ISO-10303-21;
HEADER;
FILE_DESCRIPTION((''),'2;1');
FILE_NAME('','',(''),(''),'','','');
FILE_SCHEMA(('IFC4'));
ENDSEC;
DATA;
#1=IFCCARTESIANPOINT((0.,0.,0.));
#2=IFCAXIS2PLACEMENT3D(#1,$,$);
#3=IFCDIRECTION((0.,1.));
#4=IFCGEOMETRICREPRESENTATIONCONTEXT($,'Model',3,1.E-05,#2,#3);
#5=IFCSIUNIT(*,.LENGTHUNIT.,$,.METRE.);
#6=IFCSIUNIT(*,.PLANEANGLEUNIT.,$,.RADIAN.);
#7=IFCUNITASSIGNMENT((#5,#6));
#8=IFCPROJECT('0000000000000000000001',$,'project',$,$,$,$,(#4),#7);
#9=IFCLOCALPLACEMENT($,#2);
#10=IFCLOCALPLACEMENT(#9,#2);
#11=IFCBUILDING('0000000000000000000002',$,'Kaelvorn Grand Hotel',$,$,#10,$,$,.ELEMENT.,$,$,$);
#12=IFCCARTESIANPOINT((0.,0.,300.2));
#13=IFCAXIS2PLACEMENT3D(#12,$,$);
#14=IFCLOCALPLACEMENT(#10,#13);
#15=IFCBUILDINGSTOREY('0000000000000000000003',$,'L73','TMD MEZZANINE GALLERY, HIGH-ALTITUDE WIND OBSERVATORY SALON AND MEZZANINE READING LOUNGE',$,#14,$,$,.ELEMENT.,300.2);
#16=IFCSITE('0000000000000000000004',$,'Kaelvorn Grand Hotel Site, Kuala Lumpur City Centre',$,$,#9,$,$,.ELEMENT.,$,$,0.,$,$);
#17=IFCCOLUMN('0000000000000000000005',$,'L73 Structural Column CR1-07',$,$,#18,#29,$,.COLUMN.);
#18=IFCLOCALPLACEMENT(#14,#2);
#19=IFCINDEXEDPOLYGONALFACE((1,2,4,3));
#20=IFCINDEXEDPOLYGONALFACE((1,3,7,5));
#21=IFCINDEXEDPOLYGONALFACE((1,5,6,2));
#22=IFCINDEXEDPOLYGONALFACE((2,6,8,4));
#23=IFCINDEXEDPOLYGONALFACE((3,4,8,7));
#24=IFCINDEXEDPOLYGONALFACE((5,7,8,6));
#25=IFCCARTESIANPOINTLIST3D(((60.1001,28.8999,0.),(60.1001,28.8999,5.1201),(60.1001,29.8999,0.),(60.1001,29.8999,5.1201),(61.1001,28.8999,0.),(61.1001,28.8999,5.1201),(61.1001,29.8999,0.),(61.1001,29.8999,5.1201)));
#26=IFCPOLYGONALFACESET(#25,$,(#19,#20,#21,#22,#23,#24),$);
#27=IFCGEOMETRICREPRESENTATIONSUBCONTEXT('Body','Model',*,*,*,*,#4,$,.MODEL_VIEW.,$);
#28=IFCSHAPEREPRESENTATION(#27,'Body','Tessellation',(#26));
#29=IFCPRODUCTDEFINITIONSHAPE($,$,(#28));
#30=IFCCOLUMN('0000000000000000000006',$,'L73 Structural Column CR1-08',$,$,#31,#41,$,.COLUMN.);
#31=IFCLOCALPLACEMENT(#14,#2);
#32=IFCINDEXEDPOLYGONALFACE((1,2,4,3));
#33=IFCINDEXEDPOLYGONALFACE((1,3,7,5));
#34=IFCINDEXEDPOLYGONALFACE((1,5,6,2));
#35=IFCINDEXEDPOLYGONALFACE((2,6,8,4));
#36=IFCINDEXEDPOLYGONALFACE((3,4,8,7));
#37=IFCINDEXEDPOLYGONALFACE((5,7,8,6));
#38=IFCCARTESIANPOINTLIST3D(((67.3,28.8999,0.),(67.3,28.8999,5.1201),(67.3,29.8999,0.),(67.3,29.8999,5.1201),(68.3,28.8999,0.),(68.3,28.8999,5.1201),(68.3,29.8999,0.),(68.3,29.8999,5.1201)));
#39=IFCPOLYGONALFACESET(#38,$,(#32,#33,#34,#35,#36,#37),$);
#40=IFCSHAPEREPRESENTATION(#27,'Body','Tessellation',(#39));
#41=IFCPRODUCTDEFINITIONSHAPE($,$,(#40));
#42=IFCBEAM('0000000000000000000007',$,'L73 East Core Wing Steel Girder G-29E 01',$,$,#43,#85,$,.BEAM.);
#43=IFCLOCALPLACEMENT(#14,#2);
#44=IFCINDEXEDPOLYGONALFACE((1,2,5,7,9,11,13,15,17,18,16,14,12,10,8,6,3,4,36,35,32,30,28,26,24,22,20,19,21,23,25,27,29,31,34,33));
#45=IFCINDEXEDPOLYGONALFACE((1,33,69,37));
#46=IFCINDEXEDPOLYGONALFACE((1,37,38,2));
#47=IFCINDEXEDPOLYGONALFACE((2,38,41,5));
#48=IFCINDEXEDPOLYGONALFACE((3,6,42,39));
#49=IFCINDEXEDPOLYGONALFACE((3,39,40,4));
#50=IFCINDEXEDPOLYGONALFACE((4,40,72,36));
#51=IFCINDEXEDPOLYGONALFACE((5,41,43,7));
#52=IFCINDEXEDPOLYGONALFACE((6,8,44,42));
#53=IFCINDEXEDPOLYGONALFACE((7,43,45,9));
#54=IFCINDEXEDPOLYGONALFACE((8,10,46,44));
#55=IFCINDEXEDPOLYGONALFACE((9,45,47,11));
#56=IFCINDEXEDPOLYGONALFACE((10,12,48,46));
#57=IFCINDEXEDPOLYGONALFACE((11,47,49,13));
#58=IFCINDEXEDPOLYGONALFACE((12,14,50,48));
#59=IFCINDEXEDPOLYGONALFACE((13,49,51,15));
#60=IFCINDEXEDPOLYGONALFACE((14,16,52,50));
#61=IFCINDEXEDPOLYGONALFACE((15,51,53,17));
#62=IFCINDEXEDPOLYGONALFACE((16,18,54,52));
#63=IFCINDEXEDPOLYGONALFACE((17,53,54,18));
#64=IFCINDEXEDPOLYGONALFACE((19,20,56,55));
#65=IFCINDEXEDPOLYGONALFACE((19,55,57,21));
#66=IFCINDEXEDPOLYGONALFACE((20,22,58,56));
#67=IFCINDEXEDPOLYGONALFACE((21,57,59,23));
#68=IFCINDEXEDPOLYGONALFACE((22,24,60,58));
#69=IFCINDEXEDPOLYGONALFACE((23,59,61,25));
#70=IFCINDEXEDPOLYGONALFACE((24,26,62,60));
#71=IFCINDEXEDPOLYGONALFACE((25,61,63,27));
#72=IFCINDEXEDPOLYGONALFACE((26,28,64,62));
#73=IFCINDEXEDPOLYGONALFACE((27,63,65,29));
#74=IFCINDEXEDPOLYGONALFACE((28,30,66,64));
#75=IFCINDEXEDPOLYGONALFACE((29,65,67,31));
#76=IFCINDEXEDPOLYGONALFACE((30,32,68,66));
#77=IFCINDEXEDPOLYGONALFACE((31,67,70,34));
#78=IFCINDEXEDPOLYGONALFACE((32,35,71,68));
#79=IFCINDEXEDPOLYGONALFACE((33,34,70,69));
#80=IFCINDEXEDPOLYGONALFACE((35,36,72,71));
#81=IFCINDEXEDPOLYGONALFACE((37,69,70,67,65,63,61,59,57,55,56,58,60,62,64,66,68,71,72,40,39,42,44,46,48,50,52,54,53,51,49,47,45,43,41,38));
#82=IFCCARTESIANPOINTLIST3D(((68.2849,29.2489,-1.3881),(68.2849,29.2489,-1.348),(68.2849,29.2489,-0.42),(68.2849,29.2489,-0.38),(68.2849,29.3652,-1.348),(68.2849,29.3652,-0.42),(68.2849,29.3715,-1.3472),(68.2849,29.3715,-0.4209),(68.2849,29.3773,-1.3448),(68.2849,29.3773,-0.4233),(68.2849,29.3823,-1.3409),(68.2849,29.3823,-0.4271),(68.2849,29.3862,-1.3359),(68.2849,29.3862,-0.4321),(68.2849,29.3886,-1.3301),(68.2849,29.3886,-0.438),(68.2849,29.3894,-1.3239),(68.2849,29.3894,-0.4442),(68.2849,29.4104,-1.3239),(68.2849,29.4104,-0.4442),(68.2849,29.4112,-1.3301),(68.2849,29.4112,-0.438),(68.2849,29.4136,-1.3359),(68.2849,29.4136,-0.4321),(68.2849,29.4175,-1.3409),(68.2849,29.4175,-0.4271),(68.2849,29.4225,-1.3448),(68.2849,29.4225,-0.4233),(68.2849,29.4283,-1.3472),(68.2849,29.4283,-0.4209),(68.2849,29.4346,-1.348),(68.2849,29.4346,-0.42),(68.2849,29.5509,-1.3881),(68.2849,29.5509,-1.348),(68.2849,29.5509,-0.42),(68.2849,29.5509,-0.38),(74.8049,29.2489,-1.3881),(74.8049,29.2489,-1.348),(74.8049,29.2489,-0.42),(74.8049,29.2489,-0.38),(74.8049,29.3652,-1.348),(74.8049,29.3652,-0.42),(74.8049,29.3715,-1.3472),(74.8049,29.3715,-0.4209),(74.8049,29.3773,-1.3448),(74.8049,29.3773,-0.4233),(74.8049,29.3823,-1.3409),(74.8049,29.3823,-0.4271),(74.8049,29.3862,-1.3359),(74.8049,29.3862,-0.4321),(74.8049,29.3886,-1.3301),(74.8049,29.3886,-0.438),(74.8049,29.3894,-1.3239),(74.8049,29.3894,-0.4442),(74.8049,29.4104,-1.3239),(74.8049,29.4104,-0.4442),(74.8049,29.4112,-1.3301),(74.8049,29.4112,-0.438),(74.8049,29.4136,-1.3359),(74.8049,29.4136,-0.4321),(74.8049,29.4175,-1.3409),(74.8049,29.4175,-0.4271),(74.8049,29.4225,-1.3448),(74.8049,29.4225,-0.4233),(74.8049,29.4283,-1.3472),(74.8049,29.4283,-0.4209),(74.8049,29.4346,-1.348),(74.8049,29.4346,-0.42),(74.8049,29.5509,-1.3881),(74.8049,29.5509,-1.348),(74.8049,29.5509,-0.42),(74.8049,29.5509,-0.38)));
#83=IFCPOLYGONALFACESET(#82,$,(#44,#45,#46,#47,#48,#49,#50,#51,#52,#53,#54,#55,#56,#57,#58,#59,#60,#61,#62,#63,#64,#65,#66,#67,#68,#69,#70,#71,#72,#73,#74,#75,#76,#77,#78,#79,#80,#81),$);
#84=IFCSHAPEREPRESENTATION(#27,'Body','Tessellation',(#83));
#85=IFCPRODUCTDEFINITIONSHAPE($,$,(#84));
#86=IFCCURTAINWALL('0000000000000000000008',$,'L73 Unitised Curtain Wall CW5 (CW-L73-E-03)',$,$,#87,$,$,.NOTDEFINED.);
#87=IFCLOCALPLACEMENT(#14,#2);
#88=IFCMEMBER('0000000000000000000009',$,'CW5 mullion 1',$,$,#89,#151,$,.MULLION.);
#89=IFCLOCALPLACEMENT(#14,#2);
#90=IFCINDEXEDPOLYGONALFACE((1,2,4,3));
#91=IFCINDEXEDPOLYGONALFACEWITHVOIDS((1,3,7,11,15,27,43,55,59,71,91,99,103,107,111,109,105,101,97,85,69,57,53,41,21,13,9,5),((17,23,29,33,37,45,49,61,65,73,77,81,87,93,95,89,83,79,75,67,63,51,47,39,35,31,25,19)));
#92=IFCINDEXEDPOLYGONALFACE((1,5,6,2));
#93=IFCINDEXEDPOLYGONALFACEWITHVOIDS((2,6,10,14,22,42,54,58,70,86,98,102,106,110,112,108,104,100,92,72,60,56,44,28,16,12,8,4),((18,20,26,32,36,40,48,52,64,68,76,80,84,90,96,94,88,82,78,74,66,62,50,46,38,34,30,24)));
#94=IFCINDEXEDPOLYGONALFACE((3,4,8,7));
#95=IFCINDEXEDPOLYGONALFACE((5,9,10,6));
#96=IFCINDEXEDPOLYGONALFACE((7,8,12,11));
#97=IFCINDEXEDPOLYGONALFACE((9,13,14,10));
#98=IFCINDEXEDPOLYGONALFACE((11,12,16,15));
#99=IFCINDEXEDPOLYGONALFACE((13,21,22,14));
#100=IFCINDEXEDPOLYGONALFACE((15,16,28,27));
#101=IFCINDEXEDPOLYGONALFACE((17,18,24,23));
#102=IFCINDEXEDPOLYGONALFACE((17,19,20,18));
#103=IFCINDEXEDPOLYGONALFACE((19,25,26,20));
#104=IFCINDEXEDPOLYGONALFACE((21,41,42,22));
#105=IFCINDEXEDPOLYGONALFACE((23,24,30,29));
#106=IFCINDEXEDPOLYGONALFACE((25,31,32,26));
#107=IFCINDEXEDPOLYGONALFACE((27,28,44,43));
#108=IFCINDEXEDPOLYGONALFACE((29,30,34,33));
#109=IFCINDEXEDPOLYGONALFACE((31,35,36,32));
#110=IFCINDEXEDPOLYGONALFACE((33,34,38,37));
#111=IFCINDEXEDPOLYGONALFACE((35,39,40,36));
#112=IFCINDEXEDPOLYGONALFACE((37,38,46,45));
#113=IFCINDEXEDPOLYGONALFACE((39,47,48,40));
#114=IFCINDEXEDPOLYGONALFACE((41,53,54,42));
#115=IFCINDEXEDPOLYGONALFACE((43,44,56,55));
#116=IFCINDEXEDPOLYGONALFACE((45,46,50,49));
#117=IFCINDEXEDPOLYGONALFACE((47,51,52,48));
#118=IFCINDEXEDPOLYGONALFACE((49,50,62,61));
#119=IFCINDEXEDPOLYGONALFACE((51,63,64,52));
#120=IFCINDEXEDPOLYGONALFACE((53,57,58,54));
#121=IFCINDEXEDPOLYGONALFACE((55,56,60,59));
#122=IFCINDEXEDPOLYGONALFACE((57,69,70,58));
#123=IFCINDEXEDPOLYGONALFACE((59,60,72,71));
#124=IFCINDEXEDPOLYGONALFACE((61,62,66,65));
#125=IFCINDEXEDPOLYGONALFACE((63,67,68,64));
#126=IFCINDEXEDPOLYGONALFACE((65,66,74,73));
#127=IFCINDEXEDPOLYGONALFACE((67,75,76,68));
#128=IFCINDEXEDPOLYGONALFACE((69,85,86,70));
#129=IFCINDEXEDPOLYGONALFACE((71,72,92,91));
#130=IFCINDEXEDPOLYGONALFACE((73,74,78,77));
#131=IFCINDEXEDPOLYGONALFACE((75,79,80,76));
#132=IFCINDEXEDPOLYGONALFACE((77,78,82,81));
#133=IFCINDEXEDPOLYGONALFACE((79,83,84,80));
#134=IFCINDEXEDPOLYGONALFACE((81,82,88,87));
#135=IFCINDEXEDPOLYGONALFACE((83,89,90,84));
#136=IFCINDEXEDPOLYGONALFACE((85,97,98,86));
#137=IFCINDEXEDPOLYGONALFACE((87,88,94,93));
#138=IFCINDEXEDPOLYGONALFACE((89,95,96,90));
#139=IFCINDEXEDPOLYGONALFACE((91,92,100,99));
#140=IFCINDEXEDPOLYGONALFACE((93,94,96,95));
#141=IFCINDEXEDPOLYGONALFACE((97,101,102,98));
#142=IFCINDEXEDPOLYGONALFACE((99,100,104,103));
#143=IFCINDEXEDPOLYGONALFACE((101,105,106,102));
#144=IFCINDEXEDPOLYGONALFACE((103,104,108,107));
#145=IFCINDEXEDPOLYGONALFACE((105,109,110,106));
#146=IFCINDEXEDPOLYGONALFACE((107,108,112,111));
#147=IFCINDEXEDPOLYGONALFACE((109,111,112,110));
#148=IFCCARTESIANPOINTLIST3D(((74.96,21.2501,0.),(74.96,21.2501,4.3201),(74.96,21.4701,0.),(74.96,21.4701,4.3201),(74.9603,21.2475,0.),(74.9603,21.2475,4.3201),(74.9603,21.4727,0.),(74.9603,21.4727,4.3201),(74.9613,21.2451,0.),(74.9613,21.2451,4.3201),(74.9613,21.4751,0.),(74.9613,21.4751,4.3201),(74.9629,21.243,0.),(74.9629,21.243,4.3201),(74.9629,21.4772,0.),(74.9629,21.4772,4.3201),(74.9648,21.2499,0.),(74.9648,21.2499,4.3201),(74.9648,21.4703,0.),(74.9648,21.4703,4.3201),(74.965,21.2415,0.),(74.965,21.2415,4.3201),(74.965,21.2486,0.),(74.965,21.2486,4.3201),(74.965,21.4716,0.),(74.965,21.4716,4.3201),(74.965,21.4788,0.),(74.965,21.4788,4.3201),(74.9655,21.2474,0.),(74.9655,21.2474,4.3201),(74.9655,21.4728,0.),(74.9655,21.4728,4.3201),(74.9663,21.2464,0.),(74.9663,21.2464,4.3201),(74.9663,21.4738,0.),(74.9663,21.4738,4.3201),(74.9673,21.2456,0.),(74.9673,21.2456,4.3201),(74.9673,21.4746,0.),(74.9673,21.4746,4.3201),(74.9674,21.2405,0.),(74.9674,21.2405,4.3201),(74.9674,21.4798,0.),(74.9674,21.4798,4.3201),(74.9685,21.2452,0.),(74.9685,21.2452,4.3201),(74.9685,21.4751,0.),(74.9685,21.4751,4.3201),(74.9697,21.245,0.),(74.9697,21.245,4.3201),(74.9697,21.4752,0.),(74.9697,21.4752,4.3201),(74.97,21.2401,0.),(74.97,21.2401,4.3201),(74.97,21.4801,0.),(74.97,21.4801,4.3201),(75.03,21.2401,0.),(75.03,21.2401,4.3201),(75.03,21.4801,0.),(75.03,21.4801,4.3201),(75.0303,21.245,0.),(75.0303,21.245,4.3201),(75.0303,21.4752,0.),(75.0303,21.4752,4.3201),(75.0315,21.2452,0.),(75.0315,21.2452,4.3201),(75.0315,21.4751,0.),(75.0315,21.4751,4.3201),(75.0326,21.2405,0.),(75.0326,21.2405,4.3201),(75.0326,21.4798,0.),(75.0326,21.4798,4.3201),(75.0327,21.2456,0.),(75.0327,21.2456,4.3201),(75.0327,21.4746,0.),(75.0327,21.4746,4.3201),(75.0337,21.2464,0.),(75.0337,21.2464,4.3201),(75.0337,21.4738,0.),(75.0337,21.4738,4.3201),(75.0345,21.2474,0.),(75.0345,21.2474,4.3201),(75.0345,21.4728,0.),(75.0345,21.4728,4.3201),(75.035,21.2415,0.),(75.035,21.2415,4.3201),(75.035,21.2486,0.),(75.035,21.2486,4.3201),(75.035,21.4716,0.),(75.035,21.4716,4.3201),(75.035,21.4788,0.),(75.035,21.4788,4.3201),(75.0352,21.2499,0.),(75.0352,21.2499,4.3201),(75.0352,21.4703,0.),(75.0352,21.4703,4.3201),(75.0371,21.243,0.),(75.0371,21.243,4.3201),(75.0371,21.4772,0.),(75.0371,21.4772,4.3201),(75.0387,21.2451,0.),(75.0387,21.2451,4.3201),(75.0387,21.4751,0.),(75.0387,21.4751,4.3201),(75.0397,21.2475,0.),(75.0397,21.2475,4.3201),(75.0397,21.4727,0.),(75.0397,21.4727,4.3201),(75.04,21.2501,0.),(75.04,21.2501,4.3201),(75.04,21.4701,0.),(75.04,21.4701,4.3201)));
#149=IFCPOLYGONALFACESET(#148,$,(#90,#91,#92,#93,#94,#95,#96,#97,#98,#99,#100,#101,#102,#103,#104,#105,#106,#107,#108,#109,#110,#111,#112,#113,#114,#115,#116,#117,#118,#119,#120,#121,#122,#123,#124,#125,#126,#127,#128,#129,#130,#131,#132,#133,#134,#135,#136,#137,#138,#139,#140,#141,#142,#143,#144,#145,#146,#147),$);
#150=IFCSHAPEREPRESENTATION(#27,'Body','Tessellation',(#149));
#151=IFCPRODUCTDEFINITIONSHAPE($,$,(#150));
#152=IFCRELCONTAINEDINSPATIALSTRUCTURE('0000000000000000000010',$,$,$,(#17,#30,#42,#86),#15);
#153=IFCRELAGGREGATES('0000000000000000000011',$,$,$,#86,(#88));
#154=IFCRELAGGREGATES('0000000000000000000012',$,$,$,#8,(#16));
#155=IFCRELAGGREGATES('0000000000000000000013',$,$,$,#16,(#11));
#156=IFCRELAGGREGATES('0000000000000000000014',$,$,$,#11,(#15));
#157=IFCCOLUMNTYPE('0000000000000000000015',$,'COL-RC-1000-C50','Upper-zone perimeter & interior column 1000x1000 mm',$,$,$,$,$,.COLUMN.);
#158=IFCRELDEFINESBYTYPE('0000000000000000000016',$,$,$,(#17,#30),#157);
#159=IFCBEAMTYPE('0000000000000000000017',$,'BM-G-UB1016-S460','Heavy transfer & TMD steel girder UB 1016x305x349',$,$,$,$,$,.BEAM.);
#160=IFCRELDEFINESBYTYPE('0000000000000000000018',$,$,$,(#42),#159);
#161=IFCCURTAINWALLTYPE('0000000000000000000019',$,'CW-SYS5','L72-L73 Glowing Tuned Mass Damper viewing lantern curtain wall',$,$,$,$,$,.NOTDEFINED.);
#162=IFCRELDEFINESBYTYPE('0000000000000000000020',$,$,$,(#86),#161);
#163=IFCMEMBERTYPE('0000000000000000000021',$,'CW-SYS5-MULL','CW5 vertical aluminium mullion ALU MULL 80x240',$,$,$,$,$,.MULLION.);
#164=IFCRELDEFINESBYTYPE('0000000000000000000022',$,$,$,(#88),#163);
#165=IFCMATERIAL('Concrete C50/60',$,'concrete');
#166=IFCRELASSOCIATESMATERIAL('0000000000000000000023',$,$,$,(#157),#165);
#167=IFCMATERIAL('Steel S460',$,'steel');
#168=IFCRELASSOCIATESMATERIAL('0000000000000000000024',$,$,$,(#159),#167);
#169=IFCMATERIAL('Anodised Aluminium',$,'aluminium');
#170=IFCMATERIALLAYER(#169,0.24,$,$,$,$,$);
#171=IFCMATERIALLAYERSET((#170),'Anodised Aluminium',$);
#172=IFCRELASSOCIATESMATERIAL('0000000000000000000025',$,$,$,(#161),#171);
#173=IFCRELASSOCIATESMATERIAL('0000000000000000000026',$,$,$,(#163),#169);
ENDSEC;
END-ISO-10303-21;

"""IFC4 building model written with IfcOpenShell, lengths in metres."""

from ifc_helpers import new_model, si_unit, direction, frame, origin, origin_2d, place, context, subcontext, project, spatial, rectangle, hollow_rectangle, i_section, extrude, material, layer, layer_set, material_profile, profile_set, type_object, element, aggregate, save


model = new_model("IFC4")

# Units and contexts
model_context = context("Model", 3, precision=1e-05, world=origin(), true_north=direction((0.0, 1.0)))
body_context = subcontext(model_context, "Body", "Model", "MODEL_VIEW")
ifc_project = project(units=[si_unit("LENGTHUNIT", "METRE"), si_unit("PLANEANGLEUNIT", "RADIAN")], contexts=[model_context])

# Site, building, storey
site_placement = place(None, origin())
site = spatial("IfcSite", under=ifc_project, at=site_placement, Name="Kaelvorn Grand Hotel Site, Kuala Lumpur City Centre", CompositionType="ELEMENT", RefElevation=0.0)
building_placement = place(site_placement, origin())
building = spatial("IfcBuilding", under=site, at=building_placement, Name="Kaelvorn Grand Hotel", CompositionType="ELEMENT")
storey_placement = place(building_placement, frame((0.0, 0.0, 300.2)))
storey = spatial("IfcBuildingStorey", under=building, at=storey_placement, Name="L73", Description="TMD MEZZANINE GALLERY, HIGH-ALTITUDE WIND OBSERVATORY SALON AND MEZZANINE READING LOUNGE", CompositionType="ELEMENT", Elevation=300.2)

# Columns
ifc_material_1 = material(Name="Concrete C50/60", Category="concrete")
ifc_material_profile_1 = material_profile(ifc_material_1, rectangle(XDim=1.0, YDim=1.0, at=origin_2d()), Name="RC COL 1000x1000")
ifc_profile_set_1 = profile_set([ifc_material_profile_1], Name="Concrete C50/60")
column_type = type_object("IfcColumnType", Name="COL-RC-1000-C50", Description="Upper-zone perimeter & interior column 1000x1000 mm", PredefinedType="COLUMN", material=ifc_profile_set_1)
for number, where, z_axis, x_axis, name in (
    (1, (60.6001, 29.3999, 0.0), (0.0, 0.0, 1.0), (1.0, 0.0, 0.0), "L73 Structural Column CR1-07"),
    (2, (67.8, 29.3999, 0.0), (0.0, 0.0, 1.0), (1.0, 0.0, 0.0), "L73 Structural Column CR1-08"),
):
    element("IfcColumn", number, at=place(storey_placement, frame(where, z_axis=z_axis, x_axis=x_axis)), inside=storey, type_object=column_type, Name=name, PredefinedType="COLUMN", context=body_context, shape_type="SweptSolid", body=[
        extrude(rectangle(XDim=1.0, YDim=1.0, at=origin_2d()), origin(), (0.0, 0.0, 1.0), 5.1201),
    ])

# Beam
ifc_material_2 = material(Name="Steel S460", Category="steel")
ifc_material_profile_2 = material_profile(ifc_material_2, i_section(OverallWidth=0.302, OverallDepth=1.0081, WebThickness=0.021, FlangeThickness=0.04, FilletRadius=0.0242, at=origin_2d()), Name="UB 1016x305x349")
ifc_profile_set_2 = profile_set([ifc_material_profile_2], Name="Steel S460")
beam_type = type_object("IfcBeamType", Name="BM-G-UB1016-S460", Description="Heavy transfer & TMD steel girder UB 1016x305x349", PredefinedType="BEAM", material=ifc_profile_set_2)
beam_placement = place(storey_placement, frame((68.2849, 29.3999, -0.884), z_axis=(1.0, 0.0, 0.0), x_axis=(0.0, 1.0, 0.0)))
element("IfcBeam", 3, at=beam_placement, inside=storey, type_object=beam_type, Name="L73 East Core Wing Steel Girder G-29E 01", PredefinedType="BEAM", context=body_context, shape_type="SweptSolid", body=[
    extrude(i_section(OverallWidth=0.302, OverallDepth=1.0081, WebThickness=0.021, FlangeThickness=0.04, FilletRadius=0.0242, at=origin_2d()), origin(), (0.0, 0.0, 1.0), 6.52),
])

# Curtain wall, member
ifc_material_3 = material(Name="Anodised Aluminium", Category="aluminium")
ifc_layer_1 = layer(ifc_material_3, 0.24)
ifc_layer_set_1 = layer_set([ifc_layer_1], Name="Anodised Aluminium")
curtain_wall_type = type_object("IfcCurtainWallType", Name="CW-SYS5", Description="L72-L73 Glowing Tuned Mass Damper viewing lantern curtain wall", PredefinedType="NOTDEFINED", material=ifc_layer_set_1)
curtain_wall_placement = place(storey_placement, origin())
curtain_wall = element("IfcCurtainWall", 4, at=curtain_wall_placement, inside=storey, type_object=curtain_wall_type, Name="L73 Unitised Curtain Wall CW5 (CW-L73-E-03)", PredefinedType="NOTDEFINED")
ifc_material_profile_3 = material_profile(ifc_material_3, hollow_rectangle(XDim=0.0801, YDim=0.24, WallThickness=0.0049, InnerFilletRadius=0.0049, OuterFilletRadius=0.01, at=origin_2d()), Name="ALU MULL 80x240")
ifc_profile_set_3 = profile_set([ifc_material_profile_3], Name="Anodised Aluminium")
member_type_1 = type_object("IfcMemberType", Name="CW-SYS5-MULL", Description="CW5 vertical aluminium mullion ALU MULL 80x240", PredefinedType="MULLION", material=ifc_profile_set_3)
member_1_placement = place(storey_placement, frame((75.0, 21.3601, 0.0), z_axis=(0.0, 0.0, 1.0), x_axis=(-1.0, 0.0, 0.0)))
member_1 = element("IfcMember", 5, at=member_1_placement, type_object=member_type_1, Name="CW5 mullion 1", PredefinedType="MULLION", context=body_context, shape_type="SweptSolid", body=[
    extrude(hollow_rectangle(XDim=0.0801, YDim=0.24, WallThickness=0.0049, InnerFilletRadius=0.0049, OuterFilletRadius=0.01, at=origin_2d()), origin(), (0.0, 0.0, 1.0), 4.3201),
])
aggregate(curtain_wall, [member_1])

save(model, "model.ifc")
